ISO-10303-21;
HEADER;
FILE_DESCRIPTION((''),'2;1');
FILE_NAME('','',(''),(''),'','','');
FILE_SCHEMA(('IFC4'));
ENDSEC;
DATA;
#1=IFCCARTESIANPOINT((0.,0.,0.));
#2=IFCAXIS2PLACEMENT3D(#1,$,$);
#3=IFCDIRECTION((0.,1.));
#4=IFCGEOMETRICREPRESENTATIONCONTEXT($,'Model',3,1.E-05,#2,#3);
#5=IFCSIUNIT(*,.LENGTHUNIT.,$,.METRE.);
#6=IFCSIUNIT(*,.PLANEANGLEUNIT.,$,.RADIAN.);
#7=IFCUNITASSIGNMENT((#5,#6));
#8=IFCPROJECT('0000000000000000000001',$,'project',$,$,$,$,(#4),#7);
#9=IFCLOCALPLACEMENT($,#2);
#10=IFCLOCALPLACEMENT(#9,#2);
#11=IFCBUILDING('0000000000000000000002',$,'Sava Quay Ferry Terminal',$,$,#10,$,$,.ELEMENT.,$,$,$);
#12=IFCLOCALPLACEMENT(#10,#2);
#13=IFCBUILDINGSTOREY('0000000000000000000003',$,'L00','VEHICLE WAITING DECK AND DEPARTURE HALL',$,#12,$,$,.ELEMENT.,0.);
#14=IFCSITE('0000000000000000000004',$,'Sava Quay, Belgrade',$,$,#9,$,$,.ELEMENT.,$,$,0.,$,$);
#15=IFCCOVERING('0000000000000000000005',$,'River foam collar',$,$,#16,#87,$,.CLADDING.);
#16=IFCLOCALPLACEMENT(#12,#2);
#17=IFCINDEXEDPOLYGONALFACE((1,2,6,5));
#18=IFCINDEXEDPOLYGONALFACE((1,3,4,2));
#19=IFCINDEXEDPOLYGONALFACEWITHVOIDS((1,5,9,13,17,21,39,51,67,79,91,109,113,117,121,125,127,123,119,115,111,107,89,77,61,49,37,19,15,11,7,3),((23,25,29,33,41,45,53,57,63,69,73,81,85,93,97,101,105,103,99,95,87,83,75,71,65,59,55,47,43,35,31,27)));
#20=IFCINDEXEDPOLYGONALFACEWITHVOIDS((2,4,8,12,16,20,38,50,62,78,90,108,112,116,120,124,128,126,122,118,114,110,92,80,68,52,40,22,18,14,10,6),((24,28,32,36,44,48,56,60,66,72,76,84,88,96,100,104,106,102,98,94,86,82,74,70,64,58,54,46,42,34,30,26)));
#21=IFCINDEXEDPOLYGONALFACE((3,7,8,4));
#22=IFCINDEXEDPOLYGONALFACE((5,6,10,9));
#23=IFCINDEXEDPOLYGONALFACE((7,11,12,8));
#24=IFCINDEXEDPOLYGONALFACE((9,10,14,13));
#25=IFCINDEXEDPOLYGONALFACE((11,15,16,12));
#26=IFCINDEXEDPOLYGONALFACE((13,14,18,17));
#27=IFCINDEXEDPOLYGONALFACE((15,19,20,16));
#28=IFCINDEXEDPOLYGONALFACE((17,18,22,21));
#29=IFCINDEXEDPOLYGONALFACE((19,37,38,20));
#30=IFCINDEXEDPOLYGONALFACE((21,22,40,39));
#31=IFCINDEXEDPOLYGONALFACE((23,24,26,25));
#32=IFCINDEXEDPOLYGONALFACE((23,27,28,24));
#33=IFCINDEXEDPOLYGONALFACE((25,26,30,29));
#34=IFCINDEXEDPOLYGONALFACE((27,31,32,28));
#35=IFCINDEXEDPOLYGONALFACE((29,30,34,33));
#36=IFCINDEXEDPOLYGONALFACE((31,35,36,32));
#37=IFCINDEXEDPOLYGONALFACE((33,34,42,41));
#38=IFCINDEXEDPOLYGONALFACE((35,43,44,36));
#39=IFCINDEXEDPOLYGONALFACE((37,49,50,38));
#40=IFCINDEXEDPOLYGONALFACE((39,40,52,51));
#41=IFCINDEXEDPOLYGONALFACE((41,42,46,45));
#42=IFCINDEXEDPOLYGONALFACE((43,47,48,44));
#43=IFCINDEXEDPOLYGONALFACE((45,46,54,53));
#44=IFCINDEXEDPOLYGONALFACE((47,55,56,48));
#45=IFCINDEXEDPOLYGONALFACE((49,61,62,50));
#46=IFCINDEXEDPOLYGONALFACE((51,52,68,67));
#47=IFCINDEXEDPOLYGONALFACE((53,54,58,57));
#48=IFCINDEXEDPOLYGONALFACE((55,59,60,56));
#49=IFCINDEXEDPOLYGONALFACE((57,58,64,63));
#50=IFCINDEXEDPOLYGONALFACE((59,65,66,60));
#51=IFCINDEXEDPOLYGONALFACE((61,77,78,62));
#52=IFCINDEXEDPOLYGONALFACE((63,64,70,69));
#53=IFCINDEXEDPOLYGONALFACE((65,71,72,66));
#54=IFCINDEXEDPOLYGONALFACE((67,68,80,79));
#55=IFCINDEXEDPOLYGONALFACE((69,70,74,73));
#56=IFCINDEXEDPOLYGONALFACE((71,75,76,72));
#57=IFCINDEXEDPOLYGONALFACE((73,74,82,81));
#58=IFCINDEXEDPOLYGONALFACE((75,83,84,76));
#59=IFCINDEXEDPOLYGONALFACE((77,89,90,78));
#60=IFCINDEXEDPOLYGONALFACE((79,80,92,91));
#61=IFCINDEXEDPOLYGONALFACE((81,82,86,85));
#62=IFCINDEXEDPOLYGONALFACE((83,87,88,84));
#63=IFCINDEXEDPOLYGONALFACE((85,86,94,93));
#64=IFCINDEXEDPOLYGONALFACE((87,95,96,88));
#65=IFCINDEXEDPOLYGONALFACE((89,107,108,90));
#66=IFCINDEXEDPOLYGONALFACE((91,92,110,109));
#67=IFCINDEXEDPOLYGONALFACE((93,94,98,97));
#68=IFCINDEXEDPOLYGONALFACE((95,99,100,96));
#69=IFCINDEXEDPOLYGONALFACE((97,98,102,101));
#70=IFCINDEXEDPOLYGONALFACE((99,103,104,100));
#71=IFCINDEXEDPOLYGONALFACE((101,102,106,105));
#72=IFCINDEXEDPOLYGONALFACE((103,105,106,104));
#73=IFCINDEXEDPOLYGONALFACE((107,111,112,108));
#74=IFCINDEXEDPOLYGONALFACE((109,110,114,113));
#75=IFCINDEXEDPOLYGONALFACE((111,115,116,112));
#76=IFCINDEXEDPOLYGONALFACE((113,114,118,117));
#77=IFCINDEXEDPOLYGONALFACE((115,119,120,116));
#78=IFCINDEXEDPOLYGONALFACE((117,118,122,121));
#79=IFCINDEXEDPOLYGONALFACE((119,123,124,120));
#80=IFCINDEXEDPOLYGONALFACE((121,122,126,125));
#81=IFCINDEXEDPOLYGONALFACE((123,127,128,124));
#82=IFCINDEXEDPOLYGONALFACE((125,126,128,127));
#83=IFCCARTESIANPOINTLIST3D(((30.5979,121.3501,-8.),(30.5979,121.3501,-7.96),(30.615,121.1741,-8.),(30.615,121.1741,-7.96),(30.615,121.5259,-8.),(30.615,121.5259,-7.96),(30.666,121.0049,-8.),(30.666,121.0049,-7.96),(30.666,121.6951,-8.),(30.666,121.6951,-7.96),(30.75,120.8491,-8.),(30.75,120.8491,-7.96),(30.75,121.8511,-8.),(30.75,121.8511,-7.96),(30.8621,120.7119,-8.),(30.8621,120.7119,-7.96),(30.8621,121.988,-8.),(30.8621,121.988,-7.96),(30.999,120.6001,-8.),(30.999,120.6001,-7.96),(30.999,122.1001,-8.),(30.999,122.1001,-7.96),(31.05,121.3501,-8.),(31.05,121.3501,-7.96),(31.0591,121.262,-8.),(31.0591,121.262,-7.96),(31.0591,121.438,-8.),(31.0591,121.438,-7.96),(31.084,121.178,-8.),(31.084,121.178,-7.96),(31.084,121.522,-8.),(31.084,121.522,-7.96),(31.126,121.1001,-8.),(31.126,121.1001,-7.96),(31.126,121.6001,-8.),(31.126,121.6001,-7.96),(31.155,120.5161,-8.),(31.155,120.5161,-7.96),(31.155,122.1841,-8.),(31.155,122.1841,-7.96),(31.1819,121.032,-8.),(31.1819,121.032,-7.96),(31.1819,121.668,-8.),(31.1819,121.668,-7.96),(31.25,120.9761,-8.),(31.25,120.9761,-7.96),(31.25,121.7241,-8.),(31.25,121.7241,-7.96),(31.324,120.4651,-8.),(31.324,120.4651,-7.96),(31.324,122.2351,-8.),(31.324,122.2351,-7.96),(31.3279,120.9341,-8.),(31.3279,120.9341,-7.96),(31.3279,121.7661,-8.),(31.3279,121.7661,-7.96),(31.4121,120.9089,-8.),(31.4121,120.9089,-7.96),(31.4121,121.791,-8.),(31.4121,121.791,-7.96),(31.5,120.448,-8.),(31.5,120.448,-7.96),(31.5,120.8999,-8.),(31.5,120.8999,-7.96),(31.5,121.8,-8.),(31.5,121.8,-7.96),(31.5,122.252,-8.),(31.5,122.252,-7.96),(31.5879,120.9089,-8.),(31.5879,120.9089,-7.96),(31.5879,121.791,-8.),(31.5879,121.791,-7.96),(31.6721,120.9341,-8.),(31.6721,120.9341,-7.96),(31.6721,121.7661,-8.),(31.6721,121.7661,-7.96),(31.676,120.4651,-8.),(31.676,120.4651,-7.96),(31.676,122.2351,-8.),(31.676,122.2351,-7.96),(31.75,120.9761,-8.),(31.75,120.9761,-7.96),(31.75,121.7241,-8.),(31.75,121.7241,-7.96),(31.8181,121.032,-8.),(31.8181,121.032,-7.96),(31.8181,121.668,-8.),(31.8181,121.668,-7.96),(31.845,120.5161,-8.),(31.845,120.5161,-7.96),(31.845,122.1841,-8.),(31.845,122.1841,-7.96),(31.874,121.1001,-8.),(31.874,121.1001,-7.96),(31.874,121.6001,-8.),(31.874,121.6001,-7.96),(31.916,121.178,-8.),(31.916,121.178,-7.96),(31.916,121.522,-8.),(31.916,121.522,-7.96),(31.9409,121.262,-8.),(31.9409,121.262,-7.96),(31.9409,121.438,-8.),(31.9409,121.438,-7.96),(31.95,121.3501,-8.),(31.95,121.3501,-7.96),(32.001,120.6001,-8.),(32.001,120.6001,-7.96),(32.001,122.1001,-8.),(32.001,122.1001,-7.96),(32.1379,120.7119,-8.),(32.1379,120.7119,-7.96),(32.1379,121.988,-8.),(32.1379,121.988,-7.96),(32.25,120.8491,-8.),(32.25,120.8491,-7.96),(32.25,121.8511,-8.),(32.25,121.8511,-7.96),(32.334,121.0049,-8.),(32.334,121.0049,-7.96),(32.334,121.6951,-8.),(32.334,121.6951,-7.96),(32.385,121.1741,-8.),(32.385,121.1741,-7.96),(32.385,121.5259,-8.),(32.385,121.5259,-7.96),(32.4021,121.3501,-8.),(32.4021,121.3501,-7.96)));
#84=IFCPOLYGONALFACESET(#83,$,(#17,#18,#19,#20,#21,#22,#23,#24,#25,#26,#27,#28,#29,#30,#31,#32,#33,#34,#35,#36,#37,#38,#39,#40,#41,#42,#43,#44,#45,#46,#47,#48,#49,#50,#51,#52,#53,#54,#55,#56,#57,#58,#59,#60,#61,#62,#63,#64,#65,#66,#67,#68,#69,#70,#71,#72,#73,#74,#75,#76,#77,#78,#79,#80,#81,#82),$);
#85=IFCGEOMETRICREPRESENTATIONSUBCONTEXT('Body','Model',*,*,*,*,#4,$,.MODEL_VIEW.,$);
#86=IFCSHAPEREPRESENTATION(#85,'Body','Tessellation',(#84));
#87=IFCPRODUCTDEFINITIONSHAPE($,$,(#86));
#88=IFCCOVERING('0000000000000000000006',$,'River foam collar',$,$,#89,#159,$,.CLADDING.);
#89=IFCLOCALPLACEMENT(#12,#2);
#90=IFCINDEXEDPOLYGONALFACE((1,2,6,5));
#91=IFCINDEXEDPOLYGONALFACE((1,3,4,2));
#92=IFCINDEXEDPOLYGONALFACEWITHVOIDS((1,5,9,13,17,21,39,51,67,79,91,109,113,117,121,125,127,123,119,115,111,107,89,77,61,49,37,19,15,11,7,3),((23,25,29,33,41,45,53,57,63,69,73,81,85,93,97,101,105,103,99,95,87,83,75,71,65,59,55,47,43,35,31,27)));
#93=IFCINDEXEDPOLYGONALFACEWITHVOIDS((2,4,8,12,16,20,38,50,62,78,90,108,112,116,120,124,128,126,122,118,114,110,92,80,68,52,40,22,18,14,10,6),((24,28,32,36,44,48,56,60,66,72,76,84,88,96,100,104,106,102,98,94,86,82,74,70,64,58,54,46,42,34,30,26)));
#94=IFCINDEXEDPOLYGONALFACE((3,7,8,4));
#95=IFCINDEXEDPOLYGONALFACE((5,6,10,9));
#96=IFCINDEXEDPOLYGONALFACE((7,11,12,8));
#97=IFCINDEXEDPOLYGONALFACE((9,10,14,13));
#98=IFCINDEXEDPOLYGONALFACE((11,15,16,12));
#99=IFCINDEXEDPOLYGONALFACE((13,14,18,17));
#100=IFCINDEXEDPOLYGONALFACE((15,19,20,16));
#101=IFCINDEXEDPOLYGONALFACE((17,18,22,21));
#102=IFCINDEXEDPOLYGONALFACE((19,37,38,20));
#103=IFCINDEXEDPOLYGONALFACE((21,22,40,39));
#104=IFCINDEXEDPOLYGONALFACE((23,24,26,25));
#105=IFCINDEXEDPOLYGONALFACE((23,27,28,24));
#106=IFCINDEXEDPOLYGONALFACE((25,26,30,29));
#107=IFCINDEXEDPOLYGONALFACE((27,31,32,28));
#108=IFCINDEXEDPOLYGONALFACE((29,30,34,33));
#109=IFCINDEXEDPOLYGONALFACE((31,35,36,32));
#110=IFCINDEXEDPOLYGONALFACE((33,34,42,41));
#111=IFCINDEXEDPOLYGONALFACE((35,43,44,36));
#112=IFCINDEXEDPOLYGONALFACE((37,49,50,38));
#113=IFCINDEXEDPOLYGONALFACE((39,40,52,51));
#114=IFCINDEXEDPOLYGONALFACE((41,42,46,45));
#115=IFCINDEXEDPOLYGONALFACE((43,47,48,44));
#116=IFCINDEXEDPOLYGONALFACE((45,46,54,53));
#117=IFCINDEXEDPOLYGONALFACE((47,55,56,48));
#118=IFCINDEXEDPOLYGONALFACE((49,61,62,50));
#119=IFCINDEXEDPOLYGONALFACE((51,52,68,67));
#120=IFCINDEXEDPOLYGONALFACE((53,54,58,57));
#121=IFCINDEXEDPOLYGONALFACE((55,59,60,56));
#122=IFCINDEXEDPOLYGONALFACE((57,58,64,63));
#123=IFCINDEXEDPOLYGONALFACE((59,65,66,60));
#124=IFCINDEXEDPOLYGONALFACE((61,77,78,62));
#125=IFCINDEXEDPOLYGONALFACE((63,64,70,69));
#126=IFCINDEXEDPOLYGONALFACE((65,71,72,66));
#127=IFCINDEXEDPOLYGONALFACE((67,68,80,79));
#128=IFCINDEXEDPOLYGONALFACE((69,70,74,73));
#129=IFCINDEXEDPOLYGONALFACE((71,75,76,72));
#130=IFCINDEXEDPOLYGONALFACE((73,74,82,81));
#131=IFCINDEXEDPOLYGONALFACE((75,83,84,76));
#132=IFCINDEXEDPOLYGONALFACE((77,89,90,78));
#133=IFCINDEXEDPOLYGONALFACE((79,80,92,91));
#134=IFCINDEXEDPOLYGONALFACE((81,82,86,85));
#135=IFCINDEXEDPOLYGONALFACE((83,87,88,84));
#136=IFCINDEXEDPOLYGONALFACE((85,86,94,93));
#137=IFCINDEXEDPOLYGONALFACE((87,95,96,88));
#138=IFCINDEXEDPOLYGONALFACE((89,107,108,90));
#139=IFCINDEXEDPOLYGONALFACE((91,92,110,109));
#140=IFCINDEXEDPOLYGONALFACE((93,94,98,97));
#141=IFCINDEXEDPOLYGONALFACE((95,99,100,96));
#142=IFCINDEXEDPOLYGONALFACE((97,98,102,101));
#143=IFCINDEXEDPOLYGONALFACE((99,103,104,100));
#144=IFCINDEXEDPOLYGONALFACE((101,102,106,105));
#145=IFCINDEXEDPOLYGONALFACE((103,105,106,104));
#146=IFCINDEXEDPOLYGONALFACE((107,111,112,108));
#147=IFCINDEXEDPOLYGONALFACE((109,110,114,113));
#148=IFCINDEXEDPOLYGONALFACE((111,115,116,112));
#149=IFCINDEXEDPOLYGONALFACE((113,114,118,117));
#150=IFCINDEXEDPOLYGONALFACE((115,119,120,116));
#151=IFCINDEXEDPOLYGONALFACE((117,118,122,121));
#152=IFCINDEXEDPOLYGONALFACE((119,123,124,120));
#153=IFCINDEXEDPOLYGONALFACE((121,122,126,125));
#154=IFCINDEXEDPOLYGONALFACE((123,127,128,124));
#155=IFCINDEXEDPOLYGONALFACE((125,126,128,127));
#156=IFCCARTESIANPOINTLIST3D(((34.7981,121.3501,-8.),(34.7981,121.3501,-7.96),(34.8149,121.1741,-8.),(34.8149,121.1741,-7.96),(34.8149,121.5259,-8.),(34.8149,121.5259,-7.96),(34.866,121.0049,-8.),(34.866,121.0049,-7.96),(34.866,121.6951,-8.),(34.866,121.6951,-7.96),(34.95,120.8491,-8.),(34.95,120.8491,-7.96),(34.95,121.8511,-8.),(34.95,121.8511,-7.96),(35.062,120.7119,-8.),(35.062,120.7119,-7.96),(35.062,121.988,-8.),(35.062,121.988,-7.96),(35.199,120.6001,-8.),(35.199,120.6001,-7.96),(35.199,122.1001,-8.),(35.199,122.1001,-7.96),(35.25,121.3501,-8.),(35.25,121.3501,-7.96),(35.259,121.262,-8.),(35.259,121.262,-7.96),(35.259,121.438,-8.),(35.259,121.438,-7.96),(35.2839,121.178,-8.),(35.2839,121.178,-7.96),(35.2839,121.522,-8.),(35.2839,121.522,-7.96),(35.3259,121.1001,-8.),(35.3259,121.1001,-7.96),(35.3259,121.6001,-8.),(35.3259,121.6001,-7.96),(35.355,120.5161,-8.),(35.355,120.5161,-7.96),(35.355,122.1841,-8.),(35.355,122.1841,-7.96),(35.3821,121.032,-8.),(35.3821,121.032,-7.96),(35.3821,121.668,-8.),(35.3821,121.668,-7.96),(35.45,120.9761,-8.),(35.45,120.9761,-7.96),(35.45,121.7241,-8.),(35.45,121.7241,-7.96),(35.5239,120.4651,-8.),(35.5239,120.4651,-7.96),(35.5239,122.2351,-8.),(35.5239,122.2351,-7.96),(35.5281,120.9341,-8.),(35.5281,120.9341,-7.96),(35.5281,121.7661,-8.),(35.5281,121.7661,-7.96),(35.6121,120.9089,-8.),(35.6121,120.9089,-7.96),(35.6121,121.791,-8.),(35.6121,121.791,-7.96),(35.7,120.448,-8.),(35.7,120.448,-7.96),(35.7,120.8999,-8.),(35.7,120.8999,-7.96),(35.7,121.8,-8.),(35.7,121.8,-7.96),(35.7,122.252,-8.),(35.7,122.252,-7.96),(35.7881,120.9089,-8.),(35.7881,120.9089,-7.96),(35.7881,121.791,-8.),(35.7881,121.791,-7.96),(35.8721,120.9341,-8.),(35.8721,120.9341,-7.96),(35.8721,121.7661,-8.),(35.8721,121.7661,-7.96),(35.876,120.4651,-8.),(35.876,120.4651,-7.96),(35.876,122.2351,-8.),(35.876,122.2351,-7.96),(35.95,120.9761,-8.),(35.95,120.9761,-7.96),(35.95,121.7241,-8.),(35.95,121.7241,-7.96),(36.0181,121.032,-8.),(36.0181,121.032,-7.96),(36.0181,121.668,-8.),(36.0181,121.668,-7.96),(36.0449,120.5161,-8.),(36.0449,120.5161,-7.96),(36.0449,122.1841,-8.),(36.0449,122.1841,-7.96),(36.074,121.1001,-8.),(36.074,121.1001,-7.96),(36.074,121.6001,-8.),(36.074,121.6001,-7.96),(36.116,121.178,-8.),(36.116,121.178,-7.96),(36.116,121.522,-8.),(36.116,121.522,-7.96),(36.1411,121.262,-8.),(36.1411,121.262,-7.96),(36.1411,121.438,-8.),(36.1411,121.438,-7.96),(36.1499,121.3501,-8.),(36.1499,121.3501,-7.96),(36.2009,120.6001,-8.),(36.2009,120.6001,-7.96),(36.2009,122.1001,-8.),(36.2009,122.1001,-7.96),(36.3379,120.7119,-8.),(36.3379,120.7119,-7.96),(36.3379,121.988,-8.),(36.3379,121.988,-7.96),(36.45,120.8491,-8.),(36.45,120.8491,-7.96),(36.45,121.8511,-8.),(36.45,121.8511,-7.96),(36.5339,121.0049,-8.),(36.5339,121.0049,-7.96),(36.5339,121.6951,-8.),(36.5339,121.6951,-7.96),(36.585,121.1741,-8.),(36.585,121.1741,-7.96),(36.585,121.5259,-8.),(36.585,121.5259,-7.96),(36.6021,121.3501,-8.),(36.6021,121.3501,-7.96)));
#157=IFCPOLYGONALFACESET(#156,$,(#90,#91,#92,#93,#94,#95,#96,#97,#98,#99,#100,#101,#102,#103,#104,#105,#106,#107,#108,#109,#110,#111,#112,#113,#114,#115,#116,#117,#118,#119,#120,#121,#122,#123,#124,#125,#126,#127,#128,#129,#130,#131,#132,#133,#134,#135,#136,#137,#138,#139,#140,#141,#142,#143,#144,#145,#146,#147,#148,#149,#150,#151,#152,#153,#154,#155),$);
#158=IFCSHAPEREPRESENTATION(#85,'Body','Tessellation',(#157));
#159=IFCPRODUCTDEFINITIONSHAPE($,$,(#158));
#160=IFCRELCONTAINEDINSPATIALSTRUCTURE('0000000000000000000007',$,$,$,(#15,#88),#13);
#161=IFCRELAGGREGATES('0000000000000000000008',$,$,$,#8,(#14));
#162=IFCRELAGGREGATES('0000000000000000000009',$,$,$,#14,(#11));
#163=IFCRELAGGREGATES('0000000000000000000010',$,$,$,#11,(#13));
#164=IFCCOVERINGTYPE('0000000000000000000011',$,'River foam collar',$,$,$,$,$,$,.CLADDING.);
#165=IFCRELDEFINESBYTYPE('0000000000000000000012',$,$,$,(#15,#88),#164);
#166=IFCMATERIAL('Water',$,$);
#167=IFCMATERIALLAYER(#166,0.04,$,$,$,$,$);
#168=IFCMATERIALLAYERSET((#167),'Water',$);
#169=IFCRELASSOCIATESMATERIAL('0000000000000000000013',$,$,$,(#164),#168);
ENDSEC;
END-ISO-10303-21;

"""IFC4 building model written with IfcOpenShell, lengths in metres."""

from ifc_helpers import new_model, si_unit, direction, frame, origin, place, context, subcontext, project, spatial, polyline, outline, extrude, material, layer, layer_set, type_object, element, save


model = new_model("IFC4")

# Units and contexts
model_context = context("Model", 3, precision=1e-05, world=origin(), true_north=direction((0.0, 1.0)))
body_context = subcontext(model_context, "Body", "Model", "MODEL_VIEW")
ifc_project = project(units=[si_unit("LENGTHUNIT", "METRE"), si_unit("PLANEANGLEUNIT", "RADIAN")], contexts=[model_context])

# Site, building, storey
site_placement = place(None, origin())
site = spatial("IfcSite", under=ifc_project, at=site_placement, Name="Sava Quay, Belgrade", CompositionType="ELEMENT", RefElevation=0.0)
building_placement = place(site_placement, origin())
building = spatial("IfcBuilding", under=site, at=building_placement, Name="Sava Quay Ferry Terminal", CompositionType="ELEMENT")
storey_placement = place(building_placement, origin())
storey = spatial("IfcBuildingStorey", under=building, at=storey_placement, Name="L00", Description="VEHICLE WAITING DECK AND DEPARTURE HALL", CompositionType="ELEMENT", Elevation=0.0)

# Coverings
ifc_material = material(Name="Water")
ifc_layer = layer(ifc_material, 0.04)
ifc_layer_set = layer_set([ifc_layer], Name="Water")
covering_type = type_object("IfcCoveringType", Name="River foam collar", PredefinedType="CLADDING", material=ifc_layer_set)
covering_1_placement = place(storey_placement, frame((0.0, 0.0, -8.0)))
element("IfcCovering", 1, at=covering_1_placement, inside=storey, type_object=covering_type, Name="River foam collar", PredefinedType="CLADDING", context=body_context, shape_type="SweptSolid", body=[
    extrude(outline(polyline([(30.999, 122.1001), (30.8621, 121.988), (30.75, 121.8511), (30.666, 121.6951), (30.615, 121.5259), (30.5979, 121.3501), (30.615, 121.1741), (30.666, 121.0049), (30.75, 120.8491), (30.8621, 120.7119), (30.999, 120.6001), (31.155, 120.5161), (31.324, 120.4651), (31.5, 120.448), (31.676, 120.4651), (31.845, 120.5161), (32.001, 120.6001), (32.1379, 120.7119), (32.25, 120.8491), (32.334, 121.0049), (32.385, 121.1741), (32.4021, 121.3501), (32.385, 121.5259), (32.334, 121.6951), (32.25, 121.8511), (32.1379, 121.988), (32.001, 122.1001), (31.845, 122.1841), (31.676, 122.2351), (31.5, 122.252), (31.324, 122.2351), (31.155, 122.1841), (30.999, 122.1001)]), holes=[polyline([(31.25, 120.9761), (31.1819, 121.032), (31.126, 121.1001), (31.084, 121.178), (31.0591, 121.262), (31.05, 121.3501), (31.0591, 121.438), (31.084, 121.522), (31.126, 121.6001), (31.1819, 121.668), (31.25, 121.7241), (31.3279, 121.7661), (31.4121, 121.791), (31.5, 121.8), (31.5879, 121.791), (31.6721, 121.7661), (31.75, 121.7241), (31.8181, 121.668), (31.874, 121.6001), (31.916, 121.522), (31.9409, 121.438), (31.95, 121.3501), (31.9409, 121.262), (31.916, 121.178), (31.874, 121.1001), (31.8181, 121.032), (31.75, 120.9761), (31.6721, 120.9341), (31.5879, 120.9089), (31.5, 120.8999), (31.4121, 120.9089), (31.3279, 120.9341), (31.25, 120.9761)])]), origin(), (0.0, 0.0, 1.0), 0.04),
])
covering_2_placement = place(storey_placement, frame((0.0, 0.0, -8.0)))
element("IfcCovering", 2, at=covering_2_placement, inside=storey, type_object=covering_type, Name="River foam collar", PredefinedType="CLADDING", context=body_context, shape_type="SweptSolid", body=[
    extrude(outline(polyline([(35.355, 122.1841), (35.199, 122.1001), (35.062, 121.988), (34.95, 121.8511), (34.866, 121.6951), (34.8149, 121.5259), (34.7981, 121.3501), (34.8149, 121.1741), (34.866, 121.0049), (34.95, 120.8491), (35.062, 120.7119), (35.199, 120.6001), (35.355, 120.5161), (35.5239, 120.4651), (35.7, 120.448), (35.876, 120.4651), (36.0449, 120.5161), (36.2009, 120.6001), (36.3379, 120.7119), (36.45, 120.8491), (36.5339, 121.0049), (36.585, 121.1741), (36.6021, 121.3501), (36.585, 121.5259), (36.5339, 121.6951), (36.45, 121.8511), (36.3379, 121.988), (36.2009, 122.1001), (36.0449, 122.1841), (35.876, 122.2351), (35.7, 122.252), (35.5239, 122.2351), (35.355, 122.1841)]), holes=[polyline([(35.5281, 120.9341), (35.45, 120.9761), (35.3821, 121.032), (35.3259, 121.1001), (35.2839, 121.178), (35.259, 121.262), (35.25, 121.3501), (35.259, 121.438), (35.2839, 121.522), (35.3259, 121.6001), (35.3821, 121.668), (35.45, 121.7241), (35.5281, 121.7661), (35.6121, 121.791), (35.7, 121.8), (35.7881, 121.791), (35.8721, 121.7661), (35.95, 121.7241), (36.0181, 121.668), (36.074, 121.6001), (36.116, 121.522), (36.1411, 121.438), (36.1499, 121.3501), (36.1411, 121.262), (36.116, 121.178), (36.074, 121.1001), (36.0181, 121.032), (35.95, 120.9761), (35.8721, 120.9341), (35.7881, 120.9089), (35.7, 120.8999), (35.6121, 120.9089), (35.5281, 120.9341)])]), origin(), (0.0, 0.0, 1.0), 0.04),
])

save(model, "model.ifc")
